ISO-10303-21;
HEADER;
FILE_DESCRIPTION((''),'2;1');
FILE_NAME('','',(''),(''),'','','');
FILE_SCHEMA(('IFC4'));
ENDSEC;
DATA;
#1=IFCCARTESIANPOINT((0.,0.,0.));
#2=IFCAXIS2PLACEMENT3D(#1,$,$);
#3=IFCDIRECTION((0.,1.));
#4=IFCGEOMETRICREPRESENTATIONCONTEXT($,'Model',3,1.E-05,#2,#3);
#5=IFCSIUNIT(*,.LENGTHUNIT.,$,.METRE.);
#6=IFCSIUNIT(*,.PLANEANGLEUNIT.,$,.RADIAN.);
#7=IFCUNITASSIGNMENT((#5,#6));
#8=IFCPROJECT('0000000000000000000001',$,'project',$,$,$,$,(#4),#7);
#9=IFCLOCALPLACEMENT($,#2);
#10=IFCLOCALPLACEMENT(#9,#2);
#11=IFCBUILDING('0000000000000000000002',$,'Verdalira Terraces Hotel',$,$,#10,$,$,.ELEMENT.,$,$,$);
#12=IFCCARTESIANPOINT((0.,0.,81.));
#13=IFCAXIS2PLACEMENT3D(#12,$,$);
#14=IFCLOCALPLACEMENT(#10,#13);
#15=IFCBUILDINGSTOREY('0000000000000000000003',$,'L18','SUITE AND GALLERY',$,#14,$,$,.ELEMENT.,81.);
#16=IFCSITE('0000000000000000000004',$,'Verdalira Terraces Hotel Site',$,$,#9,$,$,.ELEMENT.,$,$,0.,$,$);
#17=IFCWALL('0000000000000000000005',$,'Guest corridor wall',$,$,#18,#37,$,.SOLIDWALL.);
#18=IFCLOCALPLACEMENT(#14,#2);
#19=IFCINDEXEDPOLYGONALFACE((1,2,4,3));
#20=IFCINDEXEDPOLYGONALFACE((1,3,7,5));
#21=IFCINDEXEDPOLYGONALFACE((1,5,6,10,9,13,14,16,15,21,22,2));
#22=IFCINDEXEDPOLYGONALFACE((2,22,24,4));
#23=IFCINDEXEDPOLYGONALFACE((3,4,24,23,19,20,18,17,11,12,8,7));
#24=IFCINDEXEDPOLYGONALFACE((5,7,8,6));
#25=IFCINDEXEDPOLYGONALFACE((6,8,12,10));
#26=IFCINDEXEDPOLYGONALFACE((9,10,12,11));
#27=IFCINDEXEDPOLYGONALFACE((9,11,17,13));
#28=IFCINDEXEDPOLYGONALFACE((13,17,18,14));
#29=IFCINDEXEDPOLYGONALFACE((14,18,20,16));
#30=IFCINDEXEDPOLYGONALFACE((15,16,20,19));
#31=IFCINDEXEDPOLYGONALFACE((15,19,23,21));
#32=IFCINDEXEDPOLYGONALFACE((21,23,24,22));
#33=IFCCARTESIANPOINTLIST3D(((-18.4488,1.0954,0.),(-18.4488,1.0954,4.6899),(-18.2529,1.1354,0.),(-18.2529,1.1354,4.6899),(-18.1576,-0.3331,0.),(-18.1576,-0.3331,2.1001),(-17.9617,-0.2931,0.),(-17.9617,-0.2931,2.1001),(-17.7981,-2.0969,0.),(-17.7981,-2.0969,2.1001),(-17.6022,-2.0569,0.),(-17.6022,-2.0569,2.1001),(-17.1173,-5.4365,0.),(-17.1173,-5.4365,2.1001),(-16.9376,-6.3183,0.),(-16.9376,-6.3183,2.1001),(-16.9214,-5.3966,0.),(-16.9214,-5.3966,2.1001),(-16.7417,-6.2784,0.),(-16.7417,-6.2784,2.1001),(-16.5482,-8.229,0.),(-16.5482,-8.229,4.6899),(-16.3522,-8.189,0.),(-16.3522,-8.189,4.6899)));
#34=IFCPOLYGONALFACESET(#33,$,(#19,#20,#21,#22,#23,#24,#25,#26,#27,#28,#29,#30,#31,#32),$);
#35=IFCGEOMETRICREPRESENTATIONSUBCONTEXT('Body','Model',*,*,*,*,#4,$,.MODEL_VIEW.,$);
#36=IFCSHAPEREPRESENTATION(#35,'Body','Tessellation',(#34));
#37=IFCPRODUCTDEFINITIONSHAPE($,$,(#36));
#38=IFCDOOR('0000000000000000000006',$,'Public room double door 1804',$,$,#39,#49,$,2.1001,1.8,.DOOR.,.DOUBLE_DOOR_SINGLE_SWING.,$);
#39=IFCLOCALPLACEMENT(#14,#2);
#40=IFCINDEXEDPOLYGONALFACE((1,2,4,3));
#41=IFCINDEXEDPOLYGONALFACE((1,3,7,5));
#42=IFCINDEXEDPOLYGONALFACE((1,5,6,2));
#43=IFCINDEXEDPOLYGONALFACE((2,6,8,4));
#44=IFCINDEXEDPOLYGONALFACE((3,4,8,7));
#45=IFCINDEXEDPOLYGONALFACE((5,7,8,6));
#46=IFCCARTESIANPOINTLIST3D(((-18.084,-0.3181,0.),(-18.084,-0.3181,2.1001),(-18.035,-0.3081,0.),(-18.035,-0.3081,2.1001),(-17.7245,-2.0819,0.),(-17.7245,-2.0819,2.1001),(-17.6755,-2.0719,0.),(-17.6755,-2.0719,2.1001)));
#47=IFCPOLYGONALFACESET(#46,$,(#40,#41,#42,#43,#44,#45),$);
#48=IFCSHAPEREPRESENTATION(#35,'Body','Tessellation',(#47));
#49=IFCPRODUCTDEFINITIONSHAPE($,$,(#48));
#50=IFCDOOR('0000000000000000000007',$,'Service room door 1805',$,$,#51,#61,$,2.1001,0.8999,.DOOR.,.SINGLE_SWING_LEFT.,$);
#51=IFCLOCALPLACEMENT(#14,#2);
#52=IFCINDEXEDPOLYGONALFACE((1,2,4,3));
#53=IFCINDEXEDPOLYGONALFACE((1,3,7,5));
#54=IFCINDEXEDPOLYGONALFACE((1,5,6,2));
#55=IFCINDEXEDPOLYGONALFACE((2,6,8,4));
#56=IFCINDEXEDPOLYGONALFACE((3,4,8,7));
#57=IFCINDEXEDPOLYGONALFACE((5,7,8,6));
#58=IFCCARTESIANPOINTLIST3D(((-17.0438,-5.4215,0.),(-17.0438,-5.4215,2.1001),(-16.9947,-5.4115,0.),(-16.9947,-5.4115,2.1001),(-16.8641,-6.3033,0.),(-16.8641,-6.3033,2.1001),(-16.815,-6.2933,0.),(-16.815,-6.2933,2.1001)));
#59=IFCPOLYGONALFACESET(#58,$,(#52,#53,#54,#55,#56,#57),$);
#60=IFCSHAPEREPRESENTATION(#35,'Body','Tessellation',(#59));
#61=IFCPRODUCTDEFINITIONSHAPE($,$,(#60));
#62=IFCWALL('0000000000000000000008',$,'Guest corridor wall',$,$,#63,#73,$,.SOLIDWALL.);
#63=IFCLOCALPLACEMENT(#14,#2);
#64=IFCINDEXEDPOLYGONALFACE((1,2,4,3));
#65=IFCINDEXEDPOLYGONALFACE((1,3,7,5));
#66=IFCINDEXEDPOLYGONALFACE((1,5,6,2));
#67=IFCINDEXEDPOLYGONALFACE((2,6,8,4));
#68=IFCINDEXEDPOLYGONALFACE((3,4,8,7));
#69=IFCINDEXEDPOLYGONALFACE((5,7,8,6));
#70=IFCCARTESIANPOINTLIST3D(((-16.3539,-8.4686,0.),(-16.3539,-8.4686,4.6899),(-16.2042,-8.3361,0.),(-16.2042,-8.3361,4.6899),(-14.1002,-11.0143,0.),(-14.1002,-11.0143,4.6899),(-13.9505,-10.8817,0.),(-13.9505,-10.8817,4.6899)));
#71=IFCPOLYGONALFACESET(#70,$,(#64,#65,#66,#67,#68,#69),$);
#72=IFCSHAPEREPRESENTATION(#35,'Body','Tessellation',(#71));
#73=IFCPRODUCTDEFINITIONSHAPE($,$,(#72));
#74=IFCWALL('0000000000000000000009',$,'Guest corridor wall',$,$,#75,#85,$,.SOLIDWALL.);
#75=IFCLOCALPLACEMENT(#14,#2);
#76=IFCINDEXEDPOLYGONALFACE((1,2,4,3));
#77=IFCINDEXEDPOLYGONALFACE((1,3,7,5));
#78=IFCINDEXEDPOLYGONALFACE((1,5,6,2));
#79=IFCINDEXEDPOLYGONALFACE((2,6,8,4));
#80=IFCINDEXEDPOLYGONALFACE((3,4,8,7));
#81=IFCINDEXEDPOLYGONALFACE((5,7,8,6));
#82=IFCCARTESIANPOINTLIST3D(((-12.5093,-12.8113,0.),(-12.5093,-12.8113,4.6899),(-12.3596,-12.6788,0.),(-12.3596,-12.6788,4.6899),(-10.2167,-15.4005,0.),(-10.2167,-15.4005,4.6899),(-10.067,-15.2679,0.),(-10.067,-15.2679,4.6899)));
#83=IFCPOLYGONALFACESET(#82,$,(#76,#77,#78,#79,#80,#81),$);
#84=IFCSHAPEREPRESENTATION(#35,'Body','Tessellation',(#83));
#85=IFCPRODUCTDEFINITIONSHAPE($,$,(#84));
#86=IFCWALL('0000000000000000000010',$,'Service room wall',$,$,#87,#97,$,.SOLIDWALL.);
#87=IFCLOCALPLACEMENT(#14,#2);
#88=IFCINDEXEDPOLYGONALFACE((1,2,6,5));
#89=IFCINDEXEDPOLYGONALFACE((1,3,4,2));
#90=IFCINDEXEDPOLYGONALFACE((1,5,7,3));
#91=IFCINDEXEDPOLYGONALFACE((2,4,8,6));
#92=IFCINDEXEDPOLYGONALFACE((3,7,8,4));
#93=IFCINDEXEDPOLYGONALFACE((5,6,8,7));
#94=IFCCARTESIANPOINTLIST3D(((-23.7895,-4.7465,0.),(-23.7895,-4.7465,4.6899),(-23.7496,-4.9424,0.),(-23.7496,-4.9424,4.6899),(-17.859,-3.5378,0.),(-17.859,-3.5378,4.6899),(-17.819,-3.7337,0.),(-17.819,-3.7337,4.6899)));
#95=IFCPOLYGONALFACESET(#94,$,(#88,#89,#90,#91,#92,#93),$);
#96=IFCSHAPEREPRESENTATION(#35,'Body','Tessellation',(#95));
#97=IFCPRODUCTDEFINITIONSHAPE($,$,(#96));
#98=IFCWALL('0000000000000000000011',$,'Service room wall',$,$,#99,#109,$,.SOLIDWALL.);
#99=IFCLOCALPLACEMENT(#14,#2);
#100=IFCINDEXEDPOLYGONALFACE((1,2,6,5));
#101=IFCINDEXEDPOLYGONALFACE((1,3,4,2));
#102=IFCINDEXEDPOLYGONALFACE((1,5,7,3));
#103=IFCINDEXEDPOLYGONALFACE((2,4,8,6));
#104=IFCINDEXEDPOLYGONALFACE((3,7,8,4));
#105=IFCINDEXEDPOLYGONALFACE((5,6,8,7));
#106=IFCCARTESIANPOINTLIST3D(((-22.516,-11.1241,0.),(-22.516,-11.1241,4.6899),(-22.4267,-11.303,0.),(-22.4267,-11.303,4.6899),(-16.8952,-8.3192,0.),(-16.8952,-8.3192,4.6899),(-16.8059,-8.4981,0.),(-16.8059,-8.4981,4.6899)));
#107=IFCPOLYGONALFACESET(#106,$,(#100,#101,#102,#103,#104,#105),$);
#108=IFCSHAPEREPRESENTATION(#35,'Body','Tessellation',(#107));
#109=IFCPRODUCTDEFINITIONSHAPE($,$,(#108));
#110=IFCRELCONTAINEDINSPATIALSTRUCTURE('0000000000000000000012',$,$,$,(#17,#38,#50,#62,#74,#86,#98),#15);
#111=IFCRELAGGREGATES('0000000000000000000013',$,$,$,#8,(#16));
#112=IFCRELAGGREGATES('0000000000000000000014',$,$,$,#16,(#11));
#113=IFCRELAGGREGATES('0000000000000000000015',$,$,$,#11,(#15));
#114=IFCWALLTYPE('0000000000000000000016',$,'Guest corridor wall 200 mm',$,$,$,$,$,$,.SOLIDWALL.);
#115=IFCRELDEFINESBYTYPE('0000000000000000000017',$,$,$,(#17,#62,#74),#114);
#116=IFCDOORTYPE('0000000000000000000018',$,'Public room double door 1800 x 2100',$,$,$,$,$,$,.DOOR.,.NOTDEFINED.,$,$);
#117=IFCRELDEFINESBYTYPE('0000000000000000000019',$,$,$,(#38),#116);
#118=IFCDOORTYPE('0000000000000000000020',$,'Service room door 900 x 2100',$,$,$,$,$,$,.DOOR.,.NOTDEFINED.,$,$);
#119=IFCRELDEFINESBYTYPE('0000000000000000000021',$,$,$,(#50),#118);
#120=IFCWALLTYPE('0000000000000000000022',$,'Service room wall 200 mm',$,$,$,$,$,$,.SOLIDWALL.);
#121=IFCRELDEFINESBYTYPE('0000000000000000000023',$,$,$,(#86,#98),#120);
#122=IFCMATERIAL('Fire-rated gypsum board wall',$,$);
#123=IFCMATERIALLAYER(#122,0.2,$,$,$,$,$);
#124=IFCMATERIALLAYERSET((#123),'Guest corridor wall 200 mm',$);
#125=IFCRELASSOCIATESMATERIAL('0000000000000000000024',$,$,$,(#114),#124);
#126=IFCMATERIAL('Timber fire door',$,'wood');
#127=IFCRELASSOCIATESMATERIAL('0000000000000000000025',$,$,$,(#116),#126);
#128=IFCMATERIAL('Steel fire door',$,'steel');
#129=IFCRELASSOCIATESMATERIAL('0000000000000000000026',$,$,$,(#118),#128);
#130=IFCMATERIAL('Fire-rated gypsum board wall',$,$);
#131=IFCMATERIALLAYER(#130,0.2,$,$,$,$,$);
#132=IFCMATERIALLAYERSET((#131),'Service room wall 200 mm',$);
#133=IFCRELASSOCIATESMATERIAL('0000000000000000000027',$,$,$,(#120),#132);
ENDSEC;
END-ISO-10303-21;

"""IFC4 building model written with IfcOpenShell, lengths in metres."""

from ifc_helpers import new_model, si_unit, direction, frame, frame_2d, origin, place, context, subcontext, project, spatial, rectangle, extrude, material, layer, layer_set, type_object, element, fill, save


model = new_model("IFC4")

# Units and contexts
model_context = context("Model", 3, precision=1e-05, world=origin(), true_north=direction((0.0, 1.0)))
body_context = subcontext(model_context, "Body", "Model", "MODEL_VIEW")
ifc_project = project(units=[si_unit("LENGTHUNIT", "METRE"), si_unit("PLANEANGLEUNIT", "RADIAN")], contexts=[model_context])

# Site, building, storey
site_placement = place(None, origin())
site = spatial("IfcSite", under=ifc_project, at=site_placement, Name="Verdalira Terraces Hotel Site", CompositionType="ELEMENT", RefElevation=0.0)
building_placement = place(site_placement, origin())
building = spatial("IfcBuilding", under=site, at=building_placement, Name="Verdalira Terraces Hotel", CompositionType="ELEMENT")
storey_placement = place(building_placement, frame((0.0, 0.0, 81.0)))
storey = spatial("IfcBuildingStorey", under=building, at=storey_placement, Name="L18", Description="SUITE AND GALLERY", CompositionType="ELEMENT", Elevation=81.0)

# Shared definitions
ifc_material_1 = material(Name="Fire-rated gypsum board wall")
ifc_layer_1 = layer(ifc_material_1, 0.2)
ifc_layer_set_1 = layer_set([ifc_layer_1], Name="Guest corridor wall 200 mm")
wall_type_1 = type_object("IfcWallType", Name="Guest corridor wall 200 mm", PredefinedType="SOLIDWALL", material=ifc_layer_set_1)

# Wall, openings, doors
wall_1_placement = place(storey_placement, frame((-16.4502, -8.209, 0.0), z_axis=(0.0, 0.0, 1.0), x_axis=(-0.199726, 0.979852, 0.0)))
wall_1 = element("IfcWall", 1, at=wall_1_placement, inside=storey, type_object=wall_type_1, Name="Guest corridor wall", PredefinedType="SOLIDWALL", context=body_context, shape_type="SweptSolid", body=[
    extrude(rectangle(XDim=9.5161, YDim=0.2, at=frame_2d((4.7581, 0.0))), origin(), (0.0, 0.0, 1.0), 4.6899),
])
opening_1_placement = place(wall_1_placement, frame((6.2583, 0.0, 0.0)))
opening_1 = element("IfcOpeningElement", 2, at=opening_1_placement, cuts=wall_1, PredefinedType="OPENING", context=body_context, shape_type="SweptSolid", body=[
    extrude(rectangle(XDim=1.8, YDim=2.1001, at=frame_2d((0.8999, 1.05))), frame((0.0, 0.1099, 0.0), z_axis=(0.0, -1.0, 0.0), x_axis=(1.0, 0.0, 0.0)), (0.0, 0.0, 1.0), 0.22),
])
opening_2_placement = place(wall_1_placement, frame((1.95, 0.0, 0.0)))
opening_2 = element("IfcOpeningElement", 3, at=opening_2_placement, cuts=wall_1, PredefinedType="OPENING", context=body_context, shape_type="SweptSolid", body=[
    extrude(rectangle(XDim=0.8999, YDim=2.1001, at=frame_2d((0.45, 1.05))), frame((0.0, 0.1099, 0.0), z_axis=(0.0, -1.0, 0.0), x_axis=(1.0, 0.0, 0.0)), (0.0, 0.0, 1.0), 0.22),
])
ifc_material_2 = material(Name="Timber fire door", Category="wood")
door_type_1 = type_object("IfcDoorType", Name="Public room double door 1800 x 2100", OperationType="NOTDEFINED", PredefinedType="DOOR", material=ifc_material_2)
door_1_placement = place(opening_1_placement, origin())
door_1 = element("IfcDoor", 4, at=door_1_placement, inside=storey, type_object=door_type_1, Name="Public room double door 1804", OperationType="DOUBLE_DOOR_SINGLE_SWING", OverallHeight=2.1001, OverallWidth=1.8, PredefinedType="DOOR", context=body_context, shape_type="SweptSolid", body=[
    extrude(rectangle(XDim=1.8, YDim=2.1001, at=frame_2d((0.8999, 1.05))), frame((0.0, 0.0249, 0.0), z_axis=(0.0, -1.0, 0.0), x_axis=(1.0, 0.0, 0.0)), (0.0, 0.0, 1.0), 0.05),
])
fill(opening_1, door_1)
ifc_material_3 = material(Name="Steel fire door", Category="steel")
door_type_2 = type_object("IfcDoorType", Name="Service room door 900 x 2100", OperationType="NOTDEFINED", PredefinedType="DOOR", material=ifc_material_3)
door_2_placement = place(opening_2_placement, origin())
door_2 = element("IfcDoor", 5, at=door_2_placement, inside=storey, type_object=door_type_2, Name="Service room door 1805", OperationType="SINGLE_SWING_LEFT", OverallHeight=2.1001, OverallWidth=0.8999, PredefinedType="DOOR", context=body_context, shape_type="SweptSolid", body=[
    extrude(rectangle(XDim=0.8999, YDim=2.1001, at=frame_2d((0.45, 1.05))), frame((0.0, 0.0249, 0.0), z_axis=(0.0, -1.0, 0.0), x_axis=(1.0, 0.0, 0.0)), (0.0, 0.0, 1.0), 0.05),
])
fill(opening_2, door_2)

# Walls
wall_2_placement = place(storey_placement, frame((-16.2791, -8.4023, 0.0), z_axis=(0.0, 0.0, 1.0), x_axis=(0.66286, -0.748743, 0.0)))
element("IfcWall", 6, at=wall_2_placement, inside=storey, type_object=wall_type_1, Name="Guest corridor wall", PredefinedType="SOLIDWALL", context=body_context, shape_type="SweptSolid", body=[
    extrude(rectangle(XDim=3.3999, YDim=0.2, at=frame_2d((1.7, 0.0))), origin(), (0.0, 0.0, 1.0), 4.6899),
])
wall_3_placement = place(storey_placement, frame((-12.4343, -12.7451, 0.0), z_axis=(0.0, 0.0, 1.0), x_axis=(0.662917, -0.748693, 0.0)))
element("IfcWall", 7, at=wall_3_placement, inside=storey, type_object=wall_type_1, Name="Guest corridor wall", PredefinedType="SOLIDWALL", context=body_context, shape_type="SweptSolid", body=[
    extrude(rectangle(XDim=3.4583, YDim=0.2, at=frame_2d((1.729, 0.0))), origin(), (0.0, 0.0, 1.0), 4.6899),
])
ifc_material_4 = material(Name="Fire-rated gypsum board wall")
ifc_layer_2 = layer(ifc_material_4, 0.2)
ifc_layer_set_2 = layer_set([ifc_layer_2], Name="Service room wall 200 mm")
wall_type_2 = type_object("IfcWallType", Name="Service room wall 200 mm", PredefinedType="SOLIDWALL", material=ifc_layer_set_2)
wall_4_placement = place(storey_placement, frame((-17.8389, -3.6357, 0.0), z_axis=(0.0, 0.0, 1.0), x_axis=(-0.979856, -0.199706, 0.0)))
element("IfcWall", 8, at=wall_4_placement, inside=storey, type_object=wall_type_2, Name="Service room wall", PredefinedType="SOLIDWALL", context=body_context, shape_type="SweptSolid", body=[
    extrude(rectangle(XDim=6.0525, YDim=0.2, at=frame_2d((3.0264, 0.0))), origin(), (0.0, 0.0, 1.0), 4.6899),
])
wall_5_placement = place(storey_placement, frame((-16.8506, -8.4087, 0.0), z_axis=(0.0, 0.0, 1.0), x_axis=(-0.894777, -0.446514, 0.0)))
element("IfcWall", 9, at=wall_5_placement, inside=storey, type_object=wall_type_2, Name="Service room wall", PredefinedType="SOLIDWALL", context=body_context, shape_type="SweptSolid", body=[
    extrude(rectangle(XDim=6.2817, YDim=0.2, at=frame_2d((3.1409, 0.0))), origin(), (0.0, 0.0, 1.0), 4.6899),
])

save(model, "model.ifc")
